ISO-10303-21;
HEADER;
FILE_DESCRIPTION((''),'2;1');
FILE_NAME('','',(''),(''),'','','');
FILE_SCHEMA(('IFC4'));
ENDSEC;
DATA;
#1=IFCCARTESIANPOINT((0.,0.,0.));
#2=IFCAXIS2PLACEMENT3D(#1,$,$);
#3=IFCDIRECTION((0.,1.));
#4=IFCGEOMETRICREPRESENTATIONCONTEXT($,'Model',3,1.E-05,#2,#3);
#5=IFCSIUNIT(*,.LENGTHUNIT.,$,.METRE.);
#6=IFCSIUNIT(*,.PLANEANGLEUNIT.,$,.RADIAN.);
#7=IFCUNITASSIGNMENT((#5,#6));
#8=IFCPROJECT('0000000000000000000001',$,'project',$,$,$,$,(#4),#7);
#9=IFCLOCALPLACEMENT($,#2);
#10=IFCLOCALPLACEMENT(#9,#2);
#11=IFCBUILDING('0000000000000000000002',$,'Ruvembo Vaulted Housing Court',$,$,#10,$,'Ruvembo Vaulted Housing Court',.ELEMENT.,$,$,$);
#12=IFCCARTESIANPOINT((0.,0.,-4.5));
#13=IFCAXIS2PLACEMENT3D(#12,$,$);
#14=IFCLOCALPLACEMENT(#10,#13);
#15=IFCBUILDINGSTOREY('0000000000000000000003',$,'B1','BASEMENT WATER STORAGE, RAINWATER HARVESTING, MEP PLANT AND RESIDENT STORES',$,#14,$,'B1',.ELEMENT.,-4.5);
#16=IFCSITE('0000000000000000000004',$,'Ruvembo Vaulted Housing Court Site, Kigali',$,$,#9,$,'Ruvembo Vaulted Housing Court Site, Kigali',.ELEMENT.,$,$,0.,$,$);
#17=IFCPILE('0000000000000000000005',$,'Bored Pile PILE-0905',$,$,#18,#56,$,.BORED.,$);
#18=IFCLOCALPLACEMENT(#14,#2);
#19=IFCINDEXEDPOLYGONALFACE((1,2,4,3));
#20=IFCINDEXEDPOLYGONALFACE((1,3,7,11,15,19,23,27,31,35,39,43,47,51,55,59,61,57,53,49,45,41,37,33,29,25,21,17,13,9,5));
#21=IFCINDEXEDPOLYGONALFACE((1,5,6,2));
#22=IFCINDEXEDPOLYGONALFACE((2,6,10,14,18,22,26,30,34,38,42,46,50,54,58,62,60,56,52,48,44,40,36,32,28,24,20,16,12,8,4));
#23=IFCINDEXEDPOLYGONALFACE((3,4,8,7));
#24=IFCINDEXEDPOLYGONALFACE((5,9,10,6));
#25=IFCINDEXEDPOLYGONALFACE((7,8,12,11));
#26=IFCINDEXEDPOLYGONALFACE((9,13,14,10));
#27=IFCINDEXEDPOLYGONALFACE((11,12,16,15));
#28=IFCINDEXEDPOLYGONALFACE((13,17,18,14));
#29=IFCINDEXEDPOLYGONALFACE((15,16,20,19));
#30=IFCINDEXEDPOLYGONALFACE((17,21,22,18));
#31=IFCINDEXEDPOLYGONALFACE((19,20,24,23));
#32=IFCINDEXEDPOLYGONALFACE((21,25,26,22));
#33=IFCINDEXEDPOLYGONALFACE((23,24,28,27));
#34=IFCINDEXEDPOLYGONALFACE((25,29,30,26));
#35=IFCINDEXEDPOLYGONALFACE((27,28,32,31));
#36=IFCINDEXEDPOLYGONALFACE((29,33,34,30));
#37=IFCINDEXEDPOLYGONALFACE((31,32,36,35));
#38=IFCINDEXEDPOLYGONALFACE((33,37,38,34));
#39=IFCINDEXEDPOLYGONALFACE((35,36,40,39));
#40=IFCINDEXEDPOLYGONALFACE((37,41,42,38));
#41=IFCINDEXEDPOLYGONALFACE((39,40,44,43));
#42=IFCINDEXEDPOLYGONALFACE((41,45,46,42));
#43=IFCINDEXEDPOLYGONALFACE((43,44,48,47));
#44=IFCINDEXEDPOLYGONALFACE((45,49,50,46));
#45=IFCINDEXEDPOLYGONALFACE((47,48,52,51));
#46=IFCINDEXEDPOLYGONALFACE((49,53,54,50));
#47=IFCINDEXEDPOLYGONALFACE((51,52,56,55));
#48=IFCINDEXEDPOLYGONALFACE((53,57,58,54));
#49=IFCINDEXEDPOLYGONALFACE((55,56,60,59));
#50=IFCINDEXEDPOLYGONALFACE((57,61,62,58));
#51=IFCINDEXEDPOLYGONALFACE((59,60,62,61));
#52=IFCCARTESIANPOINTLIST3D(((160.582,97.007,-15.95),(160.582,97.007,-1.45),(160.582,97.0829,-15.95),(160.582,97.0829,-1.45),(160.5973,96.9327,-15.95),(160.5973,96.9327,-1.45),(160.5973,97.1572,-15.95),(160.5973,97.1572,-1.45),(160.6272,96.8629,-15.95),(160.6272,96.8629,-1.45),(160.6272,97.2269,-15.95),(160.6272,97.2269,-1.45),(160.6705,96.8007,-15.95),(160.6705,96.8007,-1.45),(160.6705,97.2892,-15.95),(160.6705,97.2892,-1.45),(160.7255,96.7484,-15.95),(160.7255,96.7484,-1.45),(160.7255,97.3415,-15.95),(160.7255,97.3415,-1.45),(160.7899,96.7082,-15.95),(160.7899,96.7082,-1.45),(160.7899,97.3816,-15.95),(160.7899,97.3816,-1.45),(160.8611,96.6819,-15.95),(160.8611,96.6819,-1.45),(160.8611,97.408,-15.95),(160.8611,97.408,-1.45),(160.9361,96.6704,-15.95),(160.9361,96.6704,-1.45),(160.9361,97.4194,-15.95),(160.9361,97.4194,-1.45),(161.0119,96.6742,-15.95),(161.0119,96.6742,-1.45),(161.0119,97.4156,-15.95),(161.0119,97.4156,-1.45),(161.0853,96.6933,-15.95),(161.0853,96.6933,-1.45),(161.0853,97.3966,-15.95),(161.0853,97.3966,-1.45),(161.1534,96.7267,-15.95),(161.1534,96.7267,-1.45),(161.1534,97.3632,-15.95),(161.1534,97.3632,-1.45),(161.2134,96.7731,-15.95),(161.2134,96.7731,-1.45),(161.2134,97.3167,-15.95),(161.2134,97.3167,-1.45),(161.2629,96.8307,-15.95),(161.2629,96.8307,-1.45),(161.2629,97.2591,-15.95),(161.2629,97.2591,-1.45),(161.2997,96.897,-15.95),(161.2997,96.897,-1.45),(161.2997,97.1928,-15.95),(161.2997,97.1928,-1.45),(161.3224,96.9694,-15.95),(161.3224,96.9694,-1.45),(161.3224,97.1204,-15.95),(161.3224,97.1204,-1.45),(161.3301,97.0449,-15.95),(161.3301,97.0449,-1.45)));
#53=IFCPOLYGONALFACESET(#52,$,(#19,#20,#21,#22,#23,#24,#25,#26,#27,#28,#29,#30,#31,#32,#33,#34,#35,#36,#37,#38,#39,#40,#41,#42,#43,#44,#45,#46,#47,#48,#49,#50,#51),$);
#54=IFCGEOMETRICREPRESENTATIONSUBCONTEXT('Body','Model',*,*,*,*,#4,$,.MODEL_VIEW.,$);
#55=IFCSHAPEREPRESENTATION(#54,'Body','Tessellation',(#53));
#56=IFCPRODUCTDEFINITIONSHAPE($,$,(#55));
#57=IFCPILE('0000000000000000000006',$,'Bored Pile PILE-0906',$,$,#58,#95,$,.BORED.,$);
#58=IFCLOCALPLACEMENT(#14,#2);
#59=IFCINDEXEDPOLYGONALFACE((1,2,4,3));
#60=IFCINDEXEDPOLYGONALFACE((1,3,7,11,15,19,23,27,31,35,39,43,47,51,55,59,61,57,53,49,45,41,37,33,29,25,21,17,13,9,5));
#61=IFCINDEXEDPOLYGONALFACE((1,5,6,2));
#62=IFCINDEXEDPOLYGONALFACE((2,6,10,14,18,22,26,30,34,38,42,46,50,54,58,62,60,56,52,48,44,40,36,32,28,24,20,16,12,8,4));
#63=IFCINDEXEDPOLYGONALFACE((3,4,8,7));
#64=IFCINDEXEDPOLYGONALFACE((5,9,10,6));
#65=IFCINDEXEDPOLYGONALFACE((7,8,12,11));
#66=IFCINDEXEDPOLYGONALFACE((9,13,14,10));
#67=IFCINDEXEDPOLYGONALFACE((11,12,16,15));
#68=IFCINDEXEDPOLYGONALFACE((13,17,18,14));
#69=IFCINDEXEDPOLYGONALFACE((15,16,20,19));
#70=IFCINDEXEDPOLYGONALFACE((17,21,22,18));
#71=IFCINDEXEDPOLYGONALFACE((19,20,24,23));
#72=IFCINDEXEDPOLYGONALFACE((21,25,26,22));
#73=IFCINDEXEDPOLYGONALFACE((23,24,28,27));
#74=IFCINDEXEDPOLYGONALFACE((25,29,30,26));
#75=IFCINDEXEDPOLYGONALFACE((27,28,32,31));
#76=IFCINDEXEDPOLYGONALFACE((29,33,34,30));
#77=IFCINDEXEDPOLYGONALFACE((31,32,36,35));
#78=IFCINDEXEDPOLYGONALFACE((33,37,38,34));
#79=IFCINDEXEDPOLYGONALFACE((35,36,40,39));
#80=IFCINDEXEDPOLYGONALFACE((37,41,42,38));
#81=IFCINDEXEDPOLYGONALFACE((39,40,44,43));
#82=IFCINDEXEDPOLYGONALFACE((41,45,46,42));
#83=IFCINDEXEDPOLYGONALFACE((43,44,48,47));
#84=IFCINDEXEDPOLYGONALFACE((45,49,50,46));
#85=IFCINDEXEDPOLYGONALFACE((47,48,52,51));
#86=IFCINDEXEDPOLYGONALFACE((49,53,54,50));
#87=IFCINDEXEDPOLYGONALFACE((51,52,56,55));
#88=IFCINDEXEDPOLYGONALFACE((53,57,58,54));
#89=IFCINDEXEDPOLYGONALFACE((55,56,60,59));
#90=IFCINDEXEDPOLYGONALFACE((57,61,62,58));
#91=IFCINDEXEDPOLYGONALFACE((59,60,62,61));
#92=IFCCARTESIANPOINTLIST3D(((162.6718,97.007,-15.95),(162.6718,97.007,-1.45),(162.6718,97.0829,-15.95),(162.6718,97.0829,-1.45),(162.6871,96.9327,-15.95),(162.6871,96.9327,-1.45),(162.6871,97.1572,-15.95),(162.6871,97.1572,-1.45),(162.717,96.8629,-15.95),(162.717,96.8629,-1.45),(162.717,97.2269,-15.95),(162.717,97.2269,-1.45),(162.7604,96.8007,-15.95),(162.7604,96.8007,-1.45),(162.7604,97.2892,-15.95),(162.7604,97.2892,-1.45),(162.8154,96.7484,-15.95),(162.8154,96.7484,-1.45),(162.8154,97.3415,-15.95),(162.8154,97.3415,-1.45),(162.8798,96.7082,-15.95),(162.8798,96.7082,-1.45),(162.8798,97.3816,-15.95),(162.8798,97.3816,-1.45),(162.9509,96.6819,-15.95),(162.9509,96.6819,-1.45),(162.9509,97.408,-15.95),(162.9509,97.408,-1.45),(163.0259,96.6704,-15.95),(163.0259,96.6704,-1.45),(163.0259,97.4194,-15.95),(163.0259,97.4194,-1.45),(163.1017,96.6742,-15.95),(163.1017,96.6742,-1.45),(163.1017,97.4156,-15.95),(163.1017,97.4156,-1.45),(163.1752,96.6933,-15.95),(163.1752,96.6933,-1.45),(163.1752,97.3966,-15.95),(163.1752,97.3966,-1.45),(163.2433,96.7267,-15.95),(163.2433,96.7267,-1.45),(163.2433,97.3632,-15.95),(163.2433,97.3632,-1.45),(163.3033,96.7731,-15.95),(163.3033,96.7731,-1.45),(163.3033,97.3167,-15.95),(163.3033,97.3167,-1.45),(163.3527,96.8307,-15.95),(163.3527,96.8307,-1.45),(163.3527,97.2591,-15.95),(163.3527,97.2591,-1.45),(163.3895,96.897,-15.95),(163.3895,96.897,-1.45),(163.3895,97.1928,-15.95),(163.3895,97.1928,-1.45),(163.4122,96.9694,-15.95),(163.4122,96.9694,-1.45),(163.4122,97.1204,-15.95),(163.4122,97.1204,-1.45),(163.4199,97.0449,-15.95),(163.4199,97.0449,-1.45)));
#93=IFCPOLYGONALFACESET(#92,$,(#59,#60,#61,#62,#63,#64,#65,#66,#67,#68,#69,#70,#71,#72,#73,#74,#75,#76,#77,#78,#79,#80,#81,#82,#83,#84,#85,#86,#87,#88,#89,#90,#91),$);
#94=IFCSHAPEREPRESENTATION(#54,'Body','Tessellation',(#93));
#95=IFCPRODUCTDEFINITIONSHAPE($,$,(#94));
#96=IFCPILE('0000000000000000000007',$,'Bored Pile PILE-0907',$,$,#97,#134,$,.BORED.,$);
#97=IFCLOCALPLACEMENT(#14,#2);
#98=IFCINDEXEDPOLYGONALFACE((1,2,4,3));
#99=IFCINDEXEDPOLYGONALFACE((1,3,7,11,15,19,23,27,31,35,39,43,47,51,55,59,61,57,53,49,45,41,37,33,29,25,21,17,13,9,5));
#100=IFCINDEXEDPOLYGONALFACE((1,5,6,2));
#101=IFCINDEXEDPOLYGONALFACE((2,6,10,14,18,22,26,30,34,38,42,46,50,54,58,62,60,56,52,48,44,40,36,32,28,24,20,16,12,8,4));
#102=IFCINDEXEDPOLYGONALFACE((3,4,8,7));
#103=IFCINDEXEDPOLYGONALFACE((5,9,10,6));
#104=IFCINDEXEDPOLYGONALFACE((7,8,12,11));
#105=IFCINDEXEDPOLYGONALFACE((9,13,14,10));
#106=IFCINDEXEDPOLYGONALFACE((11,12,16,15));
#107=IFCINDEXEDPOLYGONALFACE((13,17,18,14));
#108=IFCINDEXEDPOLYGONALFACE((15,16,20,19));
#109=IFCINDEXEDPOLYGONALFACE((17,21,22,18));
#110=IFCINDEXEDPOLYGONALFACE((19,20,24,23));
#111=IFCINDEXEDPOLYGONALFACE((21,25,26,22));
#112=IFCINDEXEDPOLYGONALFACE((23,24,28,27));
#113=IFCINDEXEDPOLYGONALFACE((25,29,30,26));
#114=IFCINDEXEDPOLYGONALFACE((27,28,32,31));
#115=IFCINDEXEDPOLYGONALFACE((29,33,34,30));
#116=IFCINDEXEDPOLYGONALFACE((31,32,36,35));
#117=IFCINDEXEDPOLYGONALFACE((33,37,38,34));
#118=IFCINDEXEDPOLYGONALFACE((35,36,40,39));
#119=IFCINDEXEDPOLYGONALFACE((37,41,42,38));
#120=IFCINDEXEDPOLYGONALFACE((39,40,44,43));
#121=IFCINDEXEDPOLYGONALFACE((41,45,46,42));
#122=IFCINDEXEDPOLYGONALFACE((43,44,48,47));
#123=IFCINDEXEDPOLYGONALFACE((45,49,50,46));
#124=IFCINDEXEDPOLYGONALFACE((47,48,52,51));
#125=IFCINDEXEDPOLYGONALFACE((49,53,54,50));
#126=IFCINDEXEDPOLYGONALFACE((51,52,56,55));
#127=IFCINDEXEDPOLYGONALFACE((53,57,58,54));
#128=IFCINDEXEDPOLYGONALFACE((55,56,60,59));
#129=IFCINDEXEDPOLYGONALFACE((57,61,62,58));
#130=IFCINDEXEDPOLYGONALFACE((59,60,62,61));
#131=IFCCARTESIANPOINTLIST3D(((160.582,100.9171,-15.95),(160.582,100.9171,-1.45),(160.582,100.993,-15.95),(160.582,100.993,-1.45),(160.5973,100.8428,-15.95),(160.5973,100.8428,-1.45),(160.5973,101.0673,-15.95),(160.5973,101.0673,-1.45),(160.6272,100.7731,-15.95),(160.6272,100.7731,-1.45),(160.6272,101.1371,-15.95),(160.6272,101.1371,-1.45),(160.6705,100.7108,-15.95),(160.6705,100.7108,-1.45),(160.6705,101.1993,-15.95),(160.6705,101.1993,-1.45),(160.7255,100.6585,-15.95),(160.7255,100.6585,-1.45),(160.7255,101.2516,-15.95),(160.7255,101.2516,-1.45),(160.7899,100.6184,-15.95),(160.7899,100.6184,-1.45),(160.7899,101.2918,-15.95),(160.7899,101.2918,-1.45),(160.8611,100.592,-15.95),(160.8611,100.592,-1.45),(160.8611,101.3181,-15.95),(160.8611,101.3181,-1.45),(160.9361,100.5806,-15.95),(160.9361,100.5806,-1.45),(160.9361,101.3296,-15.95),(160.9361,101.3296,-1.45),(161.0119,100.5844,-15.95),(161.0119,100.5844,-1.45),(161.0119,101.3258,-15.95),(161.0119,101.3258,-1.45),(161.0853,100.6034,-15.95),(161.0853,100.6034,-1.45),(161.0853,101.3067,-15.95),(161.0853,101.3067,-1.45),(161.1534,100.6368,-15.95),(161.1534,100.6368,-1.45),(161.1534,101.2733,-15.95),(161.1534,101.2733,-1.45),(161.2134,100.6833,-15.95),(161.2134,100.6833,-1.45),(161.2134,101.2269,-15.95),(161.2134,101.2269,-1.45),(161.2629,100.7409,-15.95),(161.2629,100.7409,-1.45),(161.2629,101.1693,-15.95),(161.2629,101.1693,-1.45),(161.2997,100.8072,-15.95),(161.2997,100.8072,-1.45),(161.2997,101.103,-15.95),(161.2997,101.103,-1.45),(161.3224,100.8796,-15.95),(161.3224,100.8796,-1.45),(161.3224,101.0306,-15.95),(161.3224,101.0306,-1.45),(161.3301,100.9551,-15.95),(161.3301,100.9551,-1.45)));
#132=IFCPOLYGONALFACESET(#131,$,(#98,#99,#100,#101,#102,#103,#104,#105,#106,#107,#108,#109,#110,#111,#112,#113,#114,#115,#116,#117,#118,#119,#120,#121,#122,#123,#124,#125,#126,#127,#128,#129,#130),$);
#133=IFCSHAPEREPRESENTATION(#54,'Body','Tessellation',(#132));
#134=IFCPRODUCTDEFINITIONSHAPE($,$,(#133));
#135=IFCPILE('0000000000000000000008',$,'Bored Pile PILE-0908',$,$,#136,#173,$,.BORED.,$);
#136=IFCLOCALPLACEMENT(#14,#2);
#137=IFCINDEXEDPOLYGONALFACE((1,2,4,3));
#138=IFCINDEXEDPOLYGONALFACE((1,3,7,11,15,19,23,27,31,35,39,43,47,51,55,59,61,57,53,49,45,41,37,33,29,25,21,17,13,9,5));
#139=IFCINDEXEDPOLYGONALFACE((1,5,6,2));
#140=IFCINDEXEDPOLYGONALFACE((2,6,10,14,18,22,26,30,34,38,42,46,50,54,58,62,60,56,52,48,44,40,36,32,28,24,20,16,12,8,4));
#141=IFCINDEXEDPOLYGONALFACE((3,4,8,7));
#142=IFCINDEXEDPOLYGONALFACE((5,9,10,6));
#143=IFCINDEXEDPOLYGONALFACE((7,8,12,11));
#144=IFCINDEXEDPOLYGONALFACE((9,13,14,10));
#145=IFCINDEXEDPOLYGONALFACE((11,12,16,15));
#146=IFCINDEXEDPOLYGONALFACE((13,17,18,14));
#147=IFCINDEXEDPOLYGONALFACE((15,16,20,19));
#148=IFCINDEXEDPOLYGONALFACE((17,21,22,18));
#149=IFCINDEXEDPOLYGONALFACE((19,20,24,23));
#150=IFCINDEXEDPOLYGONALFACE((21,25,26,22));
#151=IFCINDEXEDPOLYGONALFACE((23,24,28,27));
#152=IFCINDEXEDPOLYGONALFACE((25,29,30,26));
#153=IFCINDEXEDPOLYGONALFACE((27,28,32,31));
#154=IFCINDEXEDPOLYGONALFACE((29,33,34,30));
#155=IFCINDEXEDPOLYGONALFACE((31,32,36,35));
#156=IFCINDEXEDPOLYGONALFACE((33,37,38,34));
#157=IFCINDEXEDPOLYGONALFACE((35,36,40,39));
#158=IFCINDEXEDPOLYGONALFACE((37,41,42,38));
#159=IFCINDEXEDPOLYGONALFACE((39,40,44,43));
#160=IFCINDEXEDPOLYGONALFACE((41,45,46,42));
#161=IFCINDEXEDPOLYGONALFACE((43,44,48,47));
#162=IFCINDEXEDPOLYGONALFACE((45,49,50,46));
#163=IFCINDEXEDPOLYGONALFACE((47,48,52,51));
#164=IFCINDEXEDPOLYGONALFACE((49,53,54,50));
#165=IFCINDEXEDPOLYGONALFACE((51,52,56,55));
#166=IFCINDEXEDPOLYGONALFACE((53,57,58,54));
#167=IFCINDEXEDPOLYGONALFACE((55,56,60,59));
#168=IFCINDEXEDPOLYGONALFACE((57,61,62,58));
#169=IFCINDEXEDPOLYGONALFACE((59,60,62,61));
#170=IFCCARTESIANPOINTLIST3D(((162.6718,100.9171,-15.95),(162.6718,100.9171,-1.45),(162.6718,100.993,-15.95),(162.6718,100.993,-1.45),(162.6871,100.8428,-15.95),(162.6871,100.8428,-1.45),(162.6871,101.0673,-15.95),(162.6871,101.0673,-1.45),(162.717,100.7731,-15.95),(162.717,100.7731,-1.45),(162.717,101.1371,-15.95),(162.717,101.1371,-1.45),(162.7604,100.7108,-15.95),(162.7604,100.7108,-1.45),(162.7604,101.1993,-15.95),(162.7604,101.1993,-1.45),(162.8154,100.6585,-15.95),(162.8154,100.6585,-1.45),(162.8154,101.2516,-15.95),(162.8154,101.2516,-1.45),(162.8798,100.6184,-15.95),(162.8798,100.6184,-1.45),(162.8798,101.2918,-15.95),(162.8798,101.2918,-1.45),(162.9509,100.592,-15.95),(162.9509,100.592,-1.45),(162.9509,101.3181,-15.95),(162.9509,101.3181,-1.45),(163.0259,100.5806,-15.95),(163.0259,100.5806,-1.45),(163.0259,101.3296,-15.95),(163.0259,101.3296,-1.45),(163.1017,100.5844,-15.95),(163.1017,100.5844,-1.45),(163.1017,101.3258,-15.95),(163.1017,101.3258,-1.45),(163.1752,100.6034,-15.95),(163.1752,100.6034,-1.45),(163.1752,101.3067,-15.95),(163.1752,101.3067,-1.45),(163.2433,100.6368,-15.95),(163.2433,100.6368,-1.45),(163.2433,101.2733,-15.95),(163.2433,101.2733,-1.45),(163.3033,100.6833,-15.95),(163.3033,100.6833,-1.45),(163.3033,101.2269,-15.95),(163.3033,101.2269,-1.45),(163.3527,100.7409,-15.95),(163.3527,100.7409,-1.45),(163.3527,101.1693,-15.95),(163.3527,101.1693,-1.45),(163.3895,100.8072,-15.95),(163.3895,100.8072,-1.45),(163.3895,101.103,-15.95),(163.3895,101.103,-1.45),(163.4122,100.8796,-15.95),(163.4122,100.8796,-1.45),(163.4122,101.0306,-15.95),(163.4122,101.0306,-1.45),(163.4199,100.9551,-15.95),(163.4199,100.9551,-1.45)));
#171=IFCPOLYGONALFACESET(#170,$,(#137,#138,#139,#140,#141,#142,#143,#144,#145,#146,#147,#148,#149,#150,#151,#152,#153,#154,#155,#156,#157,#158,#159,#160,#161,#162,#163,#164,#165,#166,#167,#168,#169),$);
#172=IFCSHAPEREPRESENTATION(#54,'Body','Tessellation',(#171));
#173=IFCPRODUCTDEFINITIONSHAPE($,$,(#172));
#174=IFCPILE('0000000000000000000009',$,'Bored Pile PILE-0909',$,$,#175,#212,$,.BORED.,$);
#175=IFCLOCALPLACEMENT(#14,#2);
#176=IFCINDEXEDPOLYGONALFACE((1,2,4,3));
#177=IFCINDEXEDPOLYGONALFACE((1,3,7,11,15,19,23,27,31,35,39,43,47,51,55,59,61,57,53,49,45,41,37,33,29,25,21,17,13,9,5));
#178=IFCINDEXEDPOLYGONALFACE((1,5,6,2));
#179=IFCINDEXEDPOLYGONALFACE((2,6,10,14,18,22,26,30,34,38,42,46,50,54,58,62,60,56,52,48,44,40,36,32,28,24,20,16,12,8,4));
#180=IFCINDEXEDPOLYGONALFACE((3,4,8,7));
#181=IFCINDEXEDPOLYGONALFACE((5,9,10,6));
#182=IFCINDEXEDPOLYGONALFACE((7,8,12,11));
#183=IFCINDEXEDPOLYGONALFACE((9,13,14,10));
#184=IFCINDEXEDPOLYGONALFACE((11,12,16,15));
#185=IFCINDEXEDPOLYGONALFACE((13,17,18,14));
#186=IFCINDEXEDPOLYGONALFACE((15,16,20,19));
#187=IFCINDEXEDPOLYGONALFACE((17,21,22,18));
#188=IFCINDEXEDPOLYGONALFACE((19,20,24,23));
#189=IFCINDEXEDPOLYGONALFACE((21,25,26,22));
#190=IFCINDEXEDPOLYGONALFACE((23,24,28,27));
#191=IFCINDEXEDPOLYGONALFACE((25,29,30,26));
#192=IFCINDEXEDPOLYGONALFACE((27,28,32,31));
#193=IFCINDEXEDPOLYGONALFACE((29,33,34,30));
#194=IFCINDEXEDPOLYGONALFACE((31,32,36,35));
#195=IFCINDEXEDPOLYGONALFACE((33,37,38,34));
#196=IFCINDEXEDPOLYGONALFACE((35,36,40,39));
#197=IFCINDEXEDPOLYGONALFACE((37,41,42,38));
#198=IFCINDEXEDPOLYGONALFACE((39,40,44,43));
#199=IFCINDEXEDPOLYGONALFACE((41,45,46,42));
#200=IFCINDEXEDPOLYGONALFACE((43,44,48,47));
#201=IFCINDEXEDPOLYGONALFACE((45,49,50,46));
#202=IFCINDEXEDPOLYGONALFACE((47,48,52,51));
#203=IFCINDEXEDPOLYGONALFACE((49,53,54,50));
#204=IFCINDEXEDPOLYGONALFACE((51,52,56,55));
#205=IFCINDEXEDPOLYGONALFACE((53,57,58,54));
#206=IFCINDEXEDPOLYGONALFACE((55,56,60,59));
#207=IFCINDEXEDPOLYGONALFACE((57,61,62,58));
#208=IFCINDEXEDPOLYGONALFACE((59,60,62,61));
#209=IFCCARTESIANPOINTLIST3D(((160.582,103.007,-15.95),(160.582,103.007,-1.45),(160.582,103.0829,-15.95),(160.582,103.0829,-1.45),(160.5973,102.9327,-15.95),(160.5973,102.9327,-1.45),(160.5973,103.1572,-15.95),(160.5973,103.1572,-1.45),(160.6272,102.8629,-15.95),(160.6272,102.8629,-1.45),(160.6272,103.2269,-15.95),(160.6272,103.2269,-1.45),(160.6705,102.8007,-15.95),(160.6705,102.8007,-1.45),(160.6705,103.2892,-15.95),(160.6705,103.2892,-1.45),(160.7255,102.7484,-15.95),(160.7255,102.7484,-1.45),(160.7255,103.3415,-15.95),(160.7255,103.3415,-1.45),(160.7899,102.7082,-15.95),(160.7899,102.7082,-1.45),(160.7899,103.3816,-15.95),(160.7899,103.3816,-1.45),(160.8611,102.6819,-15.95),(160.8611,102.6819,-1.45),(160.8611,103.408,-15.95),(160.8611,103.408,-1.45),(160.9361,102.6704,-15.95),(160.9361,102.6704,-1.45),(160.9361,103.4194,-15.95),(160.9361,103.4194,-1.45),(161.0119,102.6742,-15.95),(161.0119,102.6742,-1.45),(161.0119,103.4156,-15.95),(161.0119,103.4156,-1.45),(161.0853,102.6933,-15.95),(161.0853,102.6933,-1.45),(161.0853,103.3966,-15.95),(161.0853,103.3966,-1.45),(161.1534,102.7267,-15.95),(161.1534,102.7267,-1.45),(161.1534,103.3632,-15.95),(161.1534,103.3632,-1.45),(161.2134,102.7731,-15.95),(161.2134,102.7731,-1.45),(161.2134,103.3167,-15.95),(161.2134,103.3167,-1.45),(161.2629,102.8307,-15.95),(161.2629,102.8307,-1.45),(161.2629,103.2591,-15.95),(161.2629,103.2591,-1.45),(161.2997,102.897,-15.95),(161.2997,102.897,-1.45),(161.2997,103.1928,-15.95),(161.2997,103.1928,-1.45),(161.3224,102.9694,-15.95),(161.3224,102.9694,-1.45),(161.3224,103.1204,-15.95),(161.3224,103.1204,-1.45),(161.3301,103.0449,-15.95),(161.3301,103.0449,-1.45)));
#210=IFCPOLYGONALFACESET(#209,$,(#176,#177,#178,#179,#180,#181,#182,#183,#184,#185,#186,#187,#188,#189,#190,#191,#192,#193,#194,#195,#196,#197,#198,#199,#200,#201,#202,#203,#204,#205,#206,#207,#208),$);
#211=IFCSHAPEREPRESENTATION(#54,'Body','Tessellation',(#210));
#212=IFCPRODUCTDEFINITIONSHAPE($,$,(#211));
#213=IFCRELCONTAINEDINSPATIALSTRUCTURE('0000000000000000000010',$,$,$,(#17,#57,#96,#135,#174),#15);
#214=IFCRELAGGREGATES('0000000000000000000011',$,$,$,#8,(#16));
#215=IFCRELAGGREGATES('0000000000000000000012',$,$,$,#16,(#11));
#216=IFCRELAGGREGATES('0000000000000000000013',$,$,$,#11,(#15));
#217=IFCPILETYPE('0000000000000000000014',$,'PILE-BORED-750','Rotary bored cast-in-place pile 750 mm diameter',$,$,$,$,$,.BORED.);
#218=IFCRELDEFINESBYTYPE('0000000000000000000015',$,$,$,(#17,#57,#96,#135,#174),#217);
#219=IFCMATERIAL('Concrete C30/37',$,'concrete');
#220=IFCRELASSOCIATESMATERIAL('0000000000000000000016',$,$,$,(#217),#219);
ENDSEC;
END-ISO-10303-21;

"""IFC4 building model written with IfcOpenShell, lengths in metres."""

from ifc_helpers import new_model, si_unit, direction, frame, origin, origin_2d, place, context, subcontext, project, spatial, circle, extrude, material, material_profile, profile_set, type_object, element, save


model = new_model("IFC4")

# Units and contexts
model_context = context("Model", 3, precision=1e-05, world=origin(), true_north=direction((0.0, 1.0)))
body_context = subcontext(model_context, "Body", "Model", "MODEL_VIEW")
ifc_project = project(units=[si_unit("LENGTHUNIT", "METRE"), si_unit("PLANEANGLEUNIT", "RADIAN")], contexts=[model_context])

# Site, building, storey
site_placement = place(None, origin())
site = spatial("IfcSite", under=ifc_project, at=site_placement, Name="Ruvembo Vaulted Housing Court Site, Kigali", LongName="Ruvembo Vaulted Housing Court Site, Kigali", CompositionType="ELEMENT", RefElevation=0.0)
building_placement = place(site_placement, origin())
building = spatial("IfcBuilding", under=site, at=building_placement, Name="Ruvembo Vaulted Housing Court", LongName="Ruvembo Vaulted Housing Court", CompositionType="ELEMENT")
storey_placement = place(building_placement, frame((0.0, 0.0, -4.5)))
storey = spatial("IfcBuildingStorey", under=building, at=storey_placement, Name="B1", Description="BASEMENT WATER STORAGE, RAINWATER HARVESTING, MEP PLANT AND RESIDENT STORES", LongName="B1", CompositionType="ELEMENT", Elevation=-4.5)

# Piles
ifc_material_1 = material(Name="Concrete C30/37", Category="concrete")
ifc_material_profile_1 = material_profile(ifc_material_1, circle(Radius=0.375, at=origin_2d()), Name="PILE D750")
ifc_profile_set_1 = profile_set([ifc_material_profile_1], Name="Concrete C30/37")
pile_type_1 = type_object("IfcPileType", Name="PILE-BORED-750", Description="Rotary bored cast-in-place pile 750 mm diameter", PredefinedType="BORED", material=ifc_profile_set_1)
for number, where, z_axis, x_axis, name in (
    (1, (160.9551, 97.0449, -1.45), (0.0, 0.0, -1.0), (1.0, 0.0, 0.0), "Bored Pile PILE-0905"),
    (2, (163.0449, 97.0449, -1.45), (0.0, 0.0, -1.0), (1.0, 0.0, 0.0), "Bored Pile PILE-0906"),
    (3, (160.9551, 100.9551, -1.45), (0.0, 0.0, -1.0), (1.0, 0.0, 0.0), "Bored Pile PILE-0907"),
    (4, (163.0449, 100.9551, -1.45), (0.0, 0.0, -1.0), (1.0, 0.0, 0.0), "Bored Pile PILE-0908"),
    (5, (160.9551, 103.0449, -1.45), (0.0, 0.0, -1.0), (1.0, 0.0, 0.0), "Bored Pile PILE-0909"),
):
    element("IfcPile", number, at=place(storey_placement, frame(where, z_axis=z_axis, x_axis=x_axis)), inside=storey, type_object=pile_type_1, Name=name, PredefinedType="BORED", context=body_context, shape_type="SweptSolid", body=[
        extrude(circle(Radius=0.375, at=origin_2d()), origin(), (0.0, 0.0, 1.0), 14.5),
    ])

save(model, "model.ifc")
